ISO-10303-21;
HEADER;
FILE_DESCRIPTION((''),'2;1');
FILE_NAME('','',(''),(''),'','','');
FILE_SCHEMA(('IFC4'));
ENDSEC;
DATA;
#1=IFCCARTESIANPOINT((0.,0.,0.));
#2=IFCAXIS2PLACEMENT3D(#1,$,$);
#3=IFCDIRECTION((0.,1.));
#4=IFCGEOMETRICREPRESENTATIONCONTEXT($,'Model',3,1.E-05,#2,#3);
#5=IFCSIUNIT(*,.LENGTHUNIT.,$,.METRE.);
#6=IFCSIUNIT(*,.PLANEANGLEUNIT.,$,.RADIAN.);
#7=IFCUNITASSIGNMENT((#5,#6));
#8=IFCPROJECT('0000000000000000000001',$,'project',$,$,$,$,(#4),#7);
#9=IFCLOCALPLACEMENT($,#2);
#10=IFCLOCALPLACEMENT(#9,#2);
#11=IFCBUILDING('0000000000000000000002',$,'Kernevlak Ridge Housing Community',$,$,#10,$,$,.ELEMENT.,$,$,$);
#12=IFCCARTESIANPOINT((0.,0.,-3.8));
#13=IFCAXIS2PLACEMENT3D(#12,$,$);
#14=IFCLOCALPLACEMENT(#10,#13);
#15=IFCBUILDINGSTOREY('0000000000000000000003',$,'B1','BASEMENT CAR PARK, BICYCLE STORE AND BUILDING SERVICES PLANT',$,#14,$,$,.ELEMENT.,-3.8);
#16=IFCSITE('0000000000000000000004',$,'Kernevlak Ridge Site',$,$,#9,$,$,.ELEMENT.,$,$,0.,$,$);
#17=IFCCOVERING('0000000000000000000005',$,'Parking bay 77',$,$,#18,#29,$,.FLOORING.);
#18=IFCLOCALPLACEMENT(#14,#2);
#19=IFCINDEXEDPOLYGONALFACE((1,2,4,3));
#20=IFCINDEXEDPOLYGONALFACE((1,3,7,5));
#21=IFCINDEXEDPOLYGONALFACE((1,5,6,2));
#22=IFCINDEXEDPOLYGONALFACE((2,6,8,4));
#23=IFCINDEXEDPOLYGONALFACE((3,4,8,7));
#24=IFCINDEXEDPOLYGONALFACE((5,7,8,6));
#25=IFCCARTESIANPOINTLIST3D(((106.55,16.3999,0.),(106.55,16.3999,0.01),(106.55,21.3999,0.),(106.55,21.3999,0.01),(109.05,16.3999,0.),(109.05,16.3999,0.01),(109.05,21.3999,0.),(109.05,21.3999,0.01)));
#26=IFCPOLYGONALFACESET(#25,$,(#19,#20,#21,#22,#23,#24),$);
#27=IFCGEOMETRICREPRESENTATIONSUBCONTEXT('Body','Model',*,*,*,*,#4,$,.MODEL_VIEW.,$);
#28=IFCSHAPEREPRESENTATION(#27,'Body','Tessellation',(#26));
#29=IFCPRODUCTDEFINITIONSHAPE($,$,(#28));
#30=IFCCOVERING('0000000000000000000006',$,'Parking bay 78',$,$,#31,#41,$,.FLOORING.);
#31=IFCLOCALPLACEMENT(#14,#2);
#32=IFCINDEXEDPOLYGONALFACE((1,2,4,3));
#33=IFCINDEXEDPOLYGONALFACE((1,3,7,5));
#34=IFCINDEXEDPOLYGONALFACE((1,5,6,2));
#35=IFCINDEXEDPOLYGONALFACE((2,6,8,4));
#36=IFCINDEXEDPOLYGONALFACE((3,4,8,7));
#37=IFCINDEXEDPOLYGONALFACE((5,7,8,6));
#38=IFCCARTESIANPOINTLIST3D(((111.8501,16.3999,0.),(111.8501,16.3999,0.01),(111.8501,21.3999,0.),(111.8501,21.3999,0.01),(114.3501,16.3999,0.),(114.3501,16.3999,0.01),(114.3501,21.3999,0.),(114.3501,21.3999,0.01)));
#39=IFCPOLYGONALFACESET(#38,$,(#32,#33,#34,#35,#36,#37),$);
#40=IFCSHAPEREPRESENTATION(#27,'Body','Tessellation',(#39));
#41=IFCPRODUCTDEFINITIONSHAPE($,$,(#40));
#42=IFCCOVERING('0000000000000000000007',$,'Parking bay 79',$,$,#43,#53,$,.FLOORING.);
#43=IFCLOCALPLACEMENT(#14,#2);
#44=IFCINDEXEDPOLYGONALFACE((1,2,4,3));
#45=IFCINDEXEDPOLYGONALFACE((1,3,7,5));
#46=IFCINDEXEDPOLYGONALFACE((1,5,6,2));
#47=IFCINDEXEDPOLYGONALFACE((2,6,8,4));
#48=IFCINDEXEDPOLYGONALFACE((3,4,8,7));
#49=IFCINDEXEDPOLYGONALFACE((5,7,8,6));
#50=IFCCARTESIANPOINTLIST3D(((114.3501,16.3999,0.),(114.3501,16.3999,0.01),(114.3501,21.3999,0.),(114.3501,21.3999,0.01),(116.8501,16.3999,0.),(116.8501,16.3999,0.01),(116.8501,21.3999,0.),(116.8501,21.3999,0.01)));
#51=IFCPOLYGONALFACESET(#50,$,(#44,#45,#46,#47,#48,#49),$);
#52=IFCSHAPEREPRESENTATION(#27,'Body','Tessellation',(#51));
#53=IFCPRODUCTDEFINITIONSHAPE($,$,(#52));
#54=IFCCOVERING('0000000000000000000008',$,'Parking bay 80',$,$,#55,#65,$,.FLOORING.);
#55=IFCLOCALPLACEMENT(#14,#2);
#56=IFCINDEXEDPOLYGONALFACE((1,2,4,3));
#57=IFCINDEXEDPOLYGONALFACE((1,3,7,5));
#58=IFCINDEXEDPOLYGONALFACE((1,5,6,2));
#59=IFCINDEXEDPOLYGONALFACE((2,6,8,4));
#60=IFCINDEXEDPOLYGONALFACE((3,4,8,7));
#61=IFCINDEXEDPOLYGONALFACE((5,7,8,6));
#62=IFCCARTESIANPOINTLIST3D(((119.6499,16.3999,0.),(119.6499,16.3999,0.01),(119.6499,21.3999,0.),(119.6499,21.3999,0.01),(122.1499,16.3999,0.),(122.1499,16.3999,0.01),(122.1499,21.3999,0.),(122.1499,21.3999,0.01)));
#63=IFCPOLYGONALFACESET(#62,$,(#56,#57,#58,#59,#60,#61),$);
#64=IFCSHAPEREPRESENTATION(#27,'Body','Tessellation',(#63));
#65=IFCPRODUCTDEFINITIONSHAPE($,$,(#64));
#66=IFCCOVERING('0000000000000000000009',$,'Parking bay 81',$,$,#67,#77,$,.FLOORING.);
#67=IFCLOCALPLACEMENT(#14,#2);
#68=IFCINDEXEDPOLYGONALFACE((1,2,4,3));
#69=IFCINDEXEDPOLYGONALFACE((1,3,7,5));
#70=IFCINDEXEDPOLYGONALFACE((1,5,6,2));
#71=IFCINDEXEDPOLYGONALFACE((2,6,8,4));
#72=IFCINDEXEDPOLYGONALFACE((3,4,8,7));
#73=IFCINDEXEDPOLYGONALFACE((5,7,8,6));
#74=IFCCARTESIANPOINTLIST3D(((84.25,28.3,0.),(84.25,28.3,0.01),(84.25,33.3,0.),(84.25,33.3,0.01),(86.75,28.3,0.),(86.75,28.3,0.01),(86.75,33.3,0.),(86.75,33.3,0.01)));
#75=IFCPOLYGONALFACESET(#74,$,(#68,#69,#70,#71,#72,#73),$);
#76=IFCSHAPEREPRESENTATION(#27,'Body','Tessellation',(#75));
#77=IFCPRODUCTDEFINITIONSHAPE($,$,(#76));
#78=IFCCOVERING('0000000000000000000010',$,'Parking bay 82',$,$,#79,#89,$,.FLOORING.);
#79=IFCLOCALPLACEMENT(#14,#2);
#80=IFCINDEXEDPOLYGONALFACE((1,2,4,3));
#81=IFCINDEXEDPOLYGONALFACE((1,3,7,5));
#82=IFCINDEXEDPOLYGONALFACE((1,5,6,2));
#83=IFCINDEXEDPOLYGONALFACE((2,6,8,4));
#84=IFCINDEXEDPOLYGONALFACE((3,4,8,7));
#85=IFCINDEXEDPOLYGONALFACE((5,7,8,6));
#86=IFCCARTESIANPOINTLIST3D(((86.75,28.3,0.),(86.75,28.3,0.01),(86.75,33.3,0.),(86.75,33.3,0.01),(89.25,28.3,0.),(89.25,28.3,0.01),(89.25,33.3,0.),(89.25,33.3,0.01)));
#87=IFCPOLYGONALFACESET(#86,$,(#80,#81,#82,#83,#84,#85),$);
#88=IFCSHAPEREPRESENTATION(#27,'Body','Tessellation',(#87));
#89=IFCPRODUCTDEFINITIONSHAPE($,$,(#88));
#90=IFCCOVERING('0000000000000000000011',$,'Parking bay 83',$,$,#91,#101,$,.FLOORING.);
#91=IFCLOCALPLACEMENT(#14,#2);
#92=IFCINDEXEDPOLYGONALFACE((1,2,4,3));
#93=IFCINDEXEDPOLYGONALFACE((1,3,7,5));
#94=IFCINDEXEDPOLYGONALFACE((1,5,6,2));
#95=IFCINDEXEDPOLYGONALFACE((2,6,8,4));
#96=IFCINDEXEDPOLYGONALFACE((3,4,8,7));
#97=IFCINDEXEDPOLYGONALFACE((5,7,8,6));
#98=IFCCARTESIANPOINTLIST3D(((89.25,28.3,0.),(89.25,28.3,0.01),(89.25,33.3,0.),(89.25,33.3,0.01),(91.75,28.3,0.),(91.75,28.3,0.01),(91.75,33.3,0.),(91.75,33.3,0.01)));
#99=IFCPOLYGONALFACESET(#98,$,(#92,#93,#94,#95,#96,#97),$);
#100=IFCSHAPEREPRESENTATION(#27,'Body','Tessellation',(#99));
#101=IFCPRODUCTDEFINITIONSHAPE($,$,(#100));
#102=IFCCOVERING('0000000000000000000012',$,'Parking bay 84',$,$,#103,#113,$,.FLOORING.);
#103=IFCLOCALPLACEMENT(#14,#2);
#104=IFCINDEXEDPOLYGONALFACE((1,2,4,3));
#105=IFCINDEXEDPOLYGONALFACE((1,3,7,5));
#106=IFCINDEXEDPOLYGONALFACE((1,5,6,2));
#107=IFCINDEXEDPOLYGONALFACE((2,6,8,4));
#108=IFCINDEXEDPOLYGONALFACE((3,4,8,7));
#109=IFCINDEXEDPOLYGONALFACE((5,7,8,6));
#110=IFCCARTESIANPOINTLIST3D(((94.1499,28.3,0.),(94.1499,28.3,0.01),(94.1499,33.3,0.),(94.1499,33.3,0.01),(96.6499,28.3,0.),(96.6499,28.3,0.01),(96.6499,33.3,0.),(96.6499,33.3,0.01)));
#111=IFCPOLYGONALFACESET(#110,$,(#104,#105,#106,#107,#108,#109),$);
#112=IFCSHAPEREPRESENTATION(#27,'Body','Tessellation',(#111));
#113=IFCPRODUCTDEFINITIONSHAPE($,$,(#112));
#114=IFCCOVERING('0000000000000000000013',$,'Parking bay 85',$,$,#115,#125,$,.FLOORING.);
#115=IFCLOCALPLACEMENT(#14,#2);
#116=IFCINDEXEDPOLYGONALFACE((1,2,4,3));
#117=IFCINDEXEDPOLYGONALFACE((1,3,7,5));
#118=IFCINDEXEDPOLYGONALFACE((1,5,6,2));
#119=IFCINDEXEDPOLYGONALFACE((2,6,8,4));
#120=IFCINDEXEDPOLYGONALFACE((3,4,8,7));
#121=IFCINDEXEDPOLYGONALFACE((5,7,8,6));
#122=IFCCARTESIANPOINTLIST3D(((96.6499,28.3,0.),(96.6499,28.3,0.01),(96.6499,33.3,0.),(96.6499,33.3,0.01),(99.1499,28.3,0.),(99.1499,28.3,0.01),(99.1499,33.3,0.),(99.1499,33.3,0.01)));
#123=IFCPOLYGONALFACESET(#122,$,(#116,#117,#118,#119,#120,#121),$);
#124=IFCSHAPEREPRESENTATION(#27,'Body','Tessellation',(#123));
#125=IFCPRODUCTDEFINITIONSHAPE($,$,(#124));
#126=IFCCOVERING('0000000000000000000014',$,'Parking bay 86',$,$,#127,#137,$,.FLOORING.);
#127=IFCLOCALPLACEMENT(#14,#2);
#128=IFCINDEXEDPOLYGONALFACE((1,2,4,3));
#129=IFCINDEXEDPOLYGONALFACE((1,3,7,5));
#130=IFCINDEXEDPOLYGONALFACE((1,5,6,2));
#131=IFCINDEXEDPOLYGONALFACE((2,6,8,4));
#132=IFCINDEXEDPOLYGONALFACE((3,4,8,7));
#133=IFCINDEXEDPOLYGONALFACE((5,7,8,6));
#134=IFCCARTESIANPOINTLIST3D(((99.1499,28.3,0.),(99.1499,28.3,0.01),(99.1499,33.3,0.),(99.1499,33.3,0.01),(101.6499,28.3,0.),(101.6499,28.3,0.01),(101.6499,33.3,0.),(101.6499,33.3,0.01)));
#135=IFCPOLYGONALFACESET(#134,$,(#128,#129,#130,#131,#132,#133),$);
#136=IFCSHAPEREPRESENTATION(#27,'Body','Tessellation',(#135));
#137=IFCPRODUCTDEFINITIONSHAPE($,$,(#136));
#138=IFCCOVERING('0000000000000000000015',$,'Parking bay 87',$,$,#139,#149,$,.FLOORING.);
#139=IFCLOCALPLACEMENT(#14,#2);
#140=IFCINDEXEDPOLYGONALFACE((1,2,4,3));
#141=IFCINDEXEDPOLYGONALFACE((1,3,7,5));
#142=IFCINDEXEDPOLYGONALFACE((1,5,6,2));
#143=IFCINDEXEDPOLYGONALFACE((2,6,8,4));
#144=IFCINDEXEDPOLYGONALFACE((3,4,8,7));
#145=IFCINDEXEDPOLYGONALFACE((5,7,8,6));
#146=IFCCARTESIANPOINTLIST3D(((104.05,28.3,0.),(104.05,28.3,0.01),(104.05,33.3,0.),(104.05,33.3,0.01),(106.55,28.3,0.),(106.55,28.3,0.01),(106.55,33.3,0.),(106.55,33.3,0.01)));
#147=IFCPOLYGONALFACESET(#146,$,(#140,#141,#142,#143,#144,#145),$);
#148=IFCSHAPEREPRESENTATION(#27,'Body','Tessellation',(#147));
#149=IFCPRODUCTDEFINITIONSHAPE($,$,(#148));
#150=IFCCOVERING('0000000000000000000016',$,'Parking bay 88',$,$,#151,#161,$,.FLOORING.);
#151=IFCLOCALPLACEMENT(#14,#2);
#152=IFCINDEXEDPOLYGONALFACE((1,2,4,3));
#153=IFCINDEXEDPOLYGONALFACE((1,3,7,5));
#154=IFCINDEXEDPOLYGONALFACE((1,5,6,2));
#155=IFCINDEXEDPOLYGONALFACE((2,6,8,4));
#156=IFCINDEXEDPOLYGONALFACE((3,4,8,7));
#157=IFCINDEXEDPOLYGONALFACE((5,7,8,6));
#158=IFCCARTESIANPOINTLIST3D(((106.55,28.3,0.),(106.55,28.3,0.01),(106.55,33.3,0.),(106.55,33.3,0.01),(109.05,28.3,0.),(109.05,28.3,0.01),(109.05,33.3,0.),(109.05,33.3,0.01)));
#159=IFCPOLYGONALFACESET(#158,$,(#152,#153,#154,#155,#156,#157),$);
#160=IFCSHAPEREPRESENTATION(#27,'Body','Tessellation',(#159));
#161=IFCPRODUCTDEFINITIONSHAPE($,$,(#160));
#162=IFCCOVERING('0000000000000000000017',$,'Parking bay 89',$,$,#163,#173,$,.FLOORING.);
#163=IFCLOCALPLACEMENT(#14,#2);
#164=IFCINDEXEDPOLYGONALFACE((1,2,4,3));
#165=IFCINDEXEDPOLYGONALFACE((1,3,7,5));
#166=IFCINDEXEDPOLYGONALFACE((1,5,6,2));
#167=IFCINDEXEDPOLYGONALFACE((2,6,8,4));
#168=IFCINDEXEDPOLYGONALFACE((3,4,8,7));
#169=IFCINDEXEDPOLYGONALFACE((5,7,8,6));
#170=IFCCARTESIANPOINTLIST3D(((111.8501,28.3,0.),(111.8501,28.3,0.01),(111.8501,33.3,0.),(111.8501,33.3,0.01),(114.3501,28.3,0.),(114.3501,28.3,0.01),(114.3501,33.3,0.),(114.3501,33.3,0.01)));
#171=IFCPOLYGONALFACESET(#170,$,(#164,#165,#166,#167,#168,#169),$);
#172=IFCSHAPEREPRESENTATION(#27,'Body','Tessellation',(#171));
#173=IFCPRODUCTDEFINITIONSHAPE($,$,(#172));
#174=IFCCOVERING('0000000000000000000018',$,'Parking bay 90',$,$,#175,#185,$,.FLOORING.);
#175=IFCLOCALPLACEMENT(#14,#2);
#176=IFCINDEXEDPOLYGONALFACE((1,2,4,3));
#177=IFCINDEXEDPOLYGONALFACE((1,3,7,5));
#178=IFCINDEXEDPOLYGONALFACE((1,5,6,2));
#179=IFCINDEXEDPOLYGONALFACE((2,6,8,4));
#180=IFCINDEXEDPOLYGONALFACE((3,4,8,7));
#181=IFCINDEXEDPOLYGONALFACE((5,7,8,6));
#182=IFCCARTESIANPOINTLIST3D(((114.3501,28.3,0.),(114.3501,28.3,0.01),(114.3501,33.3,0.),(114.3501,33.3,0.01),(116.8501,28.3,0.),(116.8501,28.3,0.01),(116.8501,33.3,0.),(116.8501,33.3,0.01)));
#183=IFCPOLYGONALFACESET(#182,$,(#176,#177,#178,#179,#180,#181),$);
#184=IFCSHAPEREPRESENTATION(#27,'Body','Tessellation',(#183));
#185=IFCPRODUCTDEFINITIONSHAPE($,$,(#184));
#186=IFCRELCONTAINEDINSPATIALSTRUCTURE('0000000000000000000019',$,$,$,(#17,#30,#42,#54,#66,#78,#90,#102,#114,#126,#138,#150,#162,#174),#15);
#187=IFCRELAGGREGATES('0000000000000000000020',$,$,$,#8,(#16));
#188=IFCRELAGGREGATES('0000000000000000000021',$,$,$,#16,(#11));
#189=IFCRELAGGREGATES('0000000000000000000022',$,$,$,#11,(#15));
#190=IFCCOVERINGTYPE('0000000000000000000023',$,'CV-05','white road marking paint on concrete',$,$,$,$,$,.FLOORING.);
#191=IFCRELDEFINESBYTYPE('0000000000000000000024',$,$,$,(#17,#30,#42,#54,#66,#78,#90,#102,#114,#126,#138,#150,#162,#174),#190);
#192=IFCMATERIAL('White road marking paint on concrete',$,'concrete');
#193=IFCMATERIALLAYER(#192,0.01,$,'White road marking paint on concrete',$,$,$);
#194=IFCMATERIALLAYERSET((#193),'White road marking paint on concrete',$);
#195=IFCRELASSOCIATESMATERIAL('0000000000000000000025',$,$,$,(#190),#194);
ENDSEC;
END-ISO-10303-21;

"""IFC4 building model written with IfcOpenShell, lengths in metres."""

from ifc_helpers import new_model, si_unit, direction, frame, origin, place, context, subcontext, project, spatial, polyline, outline, extrude, material, layer, layer_set, type_object, element, save


model = new_model("IFC4")

# Units and contexts
model_context = context("Model", 3, precision=1e-05, world=origin(), true_north=direction((0.0, 1.0)))
body_context = subcontext(model_context, "Body", "Model", "MODEL_VIEW")
ifc_project = project(units=[si_unit("LENGTHUNIT", "METRE"), si_unit("PLANEANGLEUNIT", "RADIAN")], contexts=[model_context])

# Site, building, storey
site_placement = place(None, origin())
site = spatial("IfcSite", under=ifc_project, at=site_placement, Name="Kernevlak Ridge Site", CompositionType="ELEMENT", RefElevation=0.0)
building_placement = place(site_placement, origin())
building = spatial("IfcBuilding", under=site, at=building_placement, Name="Kernevlak Ridge Housing Community", CompositionType="ELEMENT")
storey_placement = place(building_placement, frame((0.0, 0.0, -3.8)))
storey = spatial("IfcBuildingStorey", under=building, at=storey_placement, Name="B1", Description="BASEMENT CAR PARK, BICYCLE STORE AND BUILDING SERVICES PLANT", CompositionType="ELEMENT", Elevation=-3.8)

# Coverings
ifc_material_1 = material(Name="White road marking paint on concrete", Category="concrete")
ifc_layer_1 = layer(ifc_material_1, 0.01, Name="White road marking paint on concrete")
ifc_layer_set_1 = layer_set([ifc_layer_1], Name="White road marking paint on concrete")
covering_type = type_object("IfcCoveringType", Name="CV-05", Description="white road marking paint on concrete", PredefinedType="FLOORING", material=ifc_layer_set_1)
covering_1_placement = place(storey_placement, origin())
element("IfcCovering", 1, at=covering_1_placement, inside=storey, type_object=covering_type, Name="Parking bay 77", PredefinedType="FLOORING", context=body_context, shape_type="SweptSolid", body=[
    extrude(outline(polyline([(106.55, 16.3999), (109.05, 16.3999), (109.05, 21.3999), (106.55, 21.3999), (106.55, 16.3999)])), origin(), (0.0, 0.0, 1.0), 0.01),
])
covering_2_placement = place(storey_placement, origin())
element("IfcCovering", 2, at=covering_2_placement, inside=storey, type_object=covering_type, Name="Parking bay 78", PredefinedType="FLOORING", context=body_context, shape_type="SweptSolid", body=[
    extrude(outline(polyline([(111.8501, 16.3999), (114.3501, 16.3999), (114.3501, 21.3999), (111.8501, 21.3999), (111.8501, 16.3999)])), origin(), (0.0, 0.0, 1.0), 0.01),
])
covering_3_placement = place(storey_placement, origin())
element("IfcCovering", 3, at=covering_3_placement, inside=storey, type_object=covering_type, Name="Parking bay 79", PredefinedType="FLOORING", context=body_context, shape_type="SweptSolid", body=[
    extrude(outline(polyline([(114.3501, 16.3999), (116.8501, 16.3999), (116.8501, 21.3999), (114.3501, 21.3999), (114.3501, 16.3999)])), origin(), (0.0, 0.0, 1.0), 0.01),
])
covering_4_placement = place(storey_placement, origin())
element("IfcCovering", 4, at=covering_4_placement, inside=storey, type_object=covering_type, Name="Parking bay 80", PredefinedType="FLOORING", context=body_context, shape_type="SweptSolid", body=[
    extrude(outline(polyline([(119.6499, 16.3999), (122.1499, 16.3999), (122.1499, 21.3999), (119.6499, 21.3999), (119.6499, 16.3999)])), origin(), (0.0, 0.0, 1.0), 0.01),
])
covering_5_placement = place(storey_placement, origin())
element("IfcCovering", 5, at=covering_5_placement, inside=storey, type_object=covering_type, Name="Parking bay 81", PredefinedType="FLOORING", context=body_context, shape_type="SweptSolid", body=[
    extrude(outline(polyline([(84.25, 28.3), (86.75, 28.3), (86.75, 33.3), (84.25, 33.3), (84.25, 28.3)])), origin(), (0.0, 0.0, 1.0), 0.01),
])
covering_6_placement = place(storey_placement, origin())
element("IfcCovering", 6, at=covering_6_placement, inside=storey, type_object=covering_type, Name="Parking bay 82", PredefinedType="FLOORING", context=body_context, shape_type="SweptSolid", body=[
    extrude(outline(polyline([(86.75, 28.3), (89.25, 28.3), (89.25, 33.3), (86.75, 33.3), (86.75, 28.3)])), origin(), (0.0, 0.0, 1.0), 0.01),
])
covering_7_placement = place(storey_placement, origin())
element("IfcCovering", 7, at=covering_7_placement, inside=storey, type_object=covering_type, Name="Parking bay 83", PredefinedType="FLOORING", context=body_context, shape_type="SweptSolid", body=[
    extrude(outline(polyline([(89.25, 28.3), (91.75, 28.3), (91.75, 33.3), (89.25, 33.3), (89.25, 28.3)])), origin(), (0.0, 0.0, 1.0), 0.01),
])
covering_8_placement = place(storey_placement, origin())
element("IfcCovering", 8, at=covering_8_placement, inside=storey, type_object=covering_type, Name="Parking bay 84", PredefinedType="FLOORING", context=body_context, shape_type="SweptSolid", body=[
    extrude(outline(polyline([(94.1499, 28.3), (96.6499, 28.3), (96.6499, 33.3), (94.1499, 33.3), (94.1499, 28.3)])), origin(), (0.0, 0.0, 1.0), 0.01),
])
covering_9_placement = place(storey_placement, origin())
element("IfcCovering", 9, at=covering_9_placement, inside=storey, type_object=covering_type, Name="Parking bay 85", PredefinedType="FLOORING", context=body_context, shape_type="SweptSolid", body=[
    extrude(outline(polyline([(96.6499, 28.3), (99.1499, 28.3), (99.1499, 33.3), (96.6499, 33.3), (96.6499, 28.3)])), origin(), (0.0, 0.0, 1.0), 0.01),
])
covering_10_placement = place(storey_placement, origin())
element("IfcCovering", 10, at=covering_10_placement, inside=storey, type_object=covering_type, Name="Parking bay 86", PredefinedType="FLOORING", context=body_context, shape_type="SweptSolid", body=[
    extrude(outline(polyline([(99.1499, 28.3), (101.6499, 28.3), (101.6499, 33.3), (99.1499, 33.3), (99.1499, 28.3)])), origin(), (0.0, 0.0, 1.0), 0.01),
])
covering_11_placement = place(storey_placement, origin())
element("IfcCovering", 11, at=covering_11_placement, inside=storey, type_object=covering_type, Name="Parking bay 87", PredefinedType="FLOORING", context=body_context, shape_type="SweptSolid", body=[
    extrude(outline(polyline([(104.05, 28.3), (106.55, 28.3), (106.55, 33.3), (104.05, 33.3), (104.05, 28.3)])), origin(), (0.0, 0.0, 1.0), 0.01),
])
covering_12_placement = place(storey_placement, origin())
element("IfcCovering", 12, at=covering_12_placement, inside=storey, type_object=covering_type, Name="Parking bay 88", PredefinedType="FLOORING", context=body_context, shape_type="SweptSolid", body=[
    extrude(outline(polyline([(106.55, 28.3), (109.05, 28.3), (109.05, 33.3), (106.55, 33.3), (106.55, 28.3)])), origin(), (0.0, 0.0, 1.0), 0.01),
])
covering_13_placement = place(storey_placement, origin())
element("IfcCovering", 13, at=covering_13_placement, inside=storey, type_object=covering_type, Name="Parking bay 89", PredefinedType="FLOORING", context=body_context, shape_type="SweptSolid", body=[
    extrude(outline(polyline([(111.8501, 28.3), (114.3501, 28.3), (114.3501, 33.3), (111.8501, 33.3), (111.8501, 28.3)])), origin(), (0.0, 0.0, 1.0), 0.01),
])
covering_14_placement = place(storey_placement, origin())
element("IfcCovering", 14, at=covering_14_placement, inside=storey, type_object=covering_type, Name="Parking bay 90", PredefinedType="FLOORING", context=body_context, shape_type="SweptSolid", body=[
    extrude(outline(polyline([(114.3501, 28.3), (116.8501, 28.3), (116.8501, 33.3), (114.3501, 33.3), (114.3501, 28.3)])), origin(), (0.0, 0.0, 1.0), 0.01),
])

save(model, "model.ifc")
